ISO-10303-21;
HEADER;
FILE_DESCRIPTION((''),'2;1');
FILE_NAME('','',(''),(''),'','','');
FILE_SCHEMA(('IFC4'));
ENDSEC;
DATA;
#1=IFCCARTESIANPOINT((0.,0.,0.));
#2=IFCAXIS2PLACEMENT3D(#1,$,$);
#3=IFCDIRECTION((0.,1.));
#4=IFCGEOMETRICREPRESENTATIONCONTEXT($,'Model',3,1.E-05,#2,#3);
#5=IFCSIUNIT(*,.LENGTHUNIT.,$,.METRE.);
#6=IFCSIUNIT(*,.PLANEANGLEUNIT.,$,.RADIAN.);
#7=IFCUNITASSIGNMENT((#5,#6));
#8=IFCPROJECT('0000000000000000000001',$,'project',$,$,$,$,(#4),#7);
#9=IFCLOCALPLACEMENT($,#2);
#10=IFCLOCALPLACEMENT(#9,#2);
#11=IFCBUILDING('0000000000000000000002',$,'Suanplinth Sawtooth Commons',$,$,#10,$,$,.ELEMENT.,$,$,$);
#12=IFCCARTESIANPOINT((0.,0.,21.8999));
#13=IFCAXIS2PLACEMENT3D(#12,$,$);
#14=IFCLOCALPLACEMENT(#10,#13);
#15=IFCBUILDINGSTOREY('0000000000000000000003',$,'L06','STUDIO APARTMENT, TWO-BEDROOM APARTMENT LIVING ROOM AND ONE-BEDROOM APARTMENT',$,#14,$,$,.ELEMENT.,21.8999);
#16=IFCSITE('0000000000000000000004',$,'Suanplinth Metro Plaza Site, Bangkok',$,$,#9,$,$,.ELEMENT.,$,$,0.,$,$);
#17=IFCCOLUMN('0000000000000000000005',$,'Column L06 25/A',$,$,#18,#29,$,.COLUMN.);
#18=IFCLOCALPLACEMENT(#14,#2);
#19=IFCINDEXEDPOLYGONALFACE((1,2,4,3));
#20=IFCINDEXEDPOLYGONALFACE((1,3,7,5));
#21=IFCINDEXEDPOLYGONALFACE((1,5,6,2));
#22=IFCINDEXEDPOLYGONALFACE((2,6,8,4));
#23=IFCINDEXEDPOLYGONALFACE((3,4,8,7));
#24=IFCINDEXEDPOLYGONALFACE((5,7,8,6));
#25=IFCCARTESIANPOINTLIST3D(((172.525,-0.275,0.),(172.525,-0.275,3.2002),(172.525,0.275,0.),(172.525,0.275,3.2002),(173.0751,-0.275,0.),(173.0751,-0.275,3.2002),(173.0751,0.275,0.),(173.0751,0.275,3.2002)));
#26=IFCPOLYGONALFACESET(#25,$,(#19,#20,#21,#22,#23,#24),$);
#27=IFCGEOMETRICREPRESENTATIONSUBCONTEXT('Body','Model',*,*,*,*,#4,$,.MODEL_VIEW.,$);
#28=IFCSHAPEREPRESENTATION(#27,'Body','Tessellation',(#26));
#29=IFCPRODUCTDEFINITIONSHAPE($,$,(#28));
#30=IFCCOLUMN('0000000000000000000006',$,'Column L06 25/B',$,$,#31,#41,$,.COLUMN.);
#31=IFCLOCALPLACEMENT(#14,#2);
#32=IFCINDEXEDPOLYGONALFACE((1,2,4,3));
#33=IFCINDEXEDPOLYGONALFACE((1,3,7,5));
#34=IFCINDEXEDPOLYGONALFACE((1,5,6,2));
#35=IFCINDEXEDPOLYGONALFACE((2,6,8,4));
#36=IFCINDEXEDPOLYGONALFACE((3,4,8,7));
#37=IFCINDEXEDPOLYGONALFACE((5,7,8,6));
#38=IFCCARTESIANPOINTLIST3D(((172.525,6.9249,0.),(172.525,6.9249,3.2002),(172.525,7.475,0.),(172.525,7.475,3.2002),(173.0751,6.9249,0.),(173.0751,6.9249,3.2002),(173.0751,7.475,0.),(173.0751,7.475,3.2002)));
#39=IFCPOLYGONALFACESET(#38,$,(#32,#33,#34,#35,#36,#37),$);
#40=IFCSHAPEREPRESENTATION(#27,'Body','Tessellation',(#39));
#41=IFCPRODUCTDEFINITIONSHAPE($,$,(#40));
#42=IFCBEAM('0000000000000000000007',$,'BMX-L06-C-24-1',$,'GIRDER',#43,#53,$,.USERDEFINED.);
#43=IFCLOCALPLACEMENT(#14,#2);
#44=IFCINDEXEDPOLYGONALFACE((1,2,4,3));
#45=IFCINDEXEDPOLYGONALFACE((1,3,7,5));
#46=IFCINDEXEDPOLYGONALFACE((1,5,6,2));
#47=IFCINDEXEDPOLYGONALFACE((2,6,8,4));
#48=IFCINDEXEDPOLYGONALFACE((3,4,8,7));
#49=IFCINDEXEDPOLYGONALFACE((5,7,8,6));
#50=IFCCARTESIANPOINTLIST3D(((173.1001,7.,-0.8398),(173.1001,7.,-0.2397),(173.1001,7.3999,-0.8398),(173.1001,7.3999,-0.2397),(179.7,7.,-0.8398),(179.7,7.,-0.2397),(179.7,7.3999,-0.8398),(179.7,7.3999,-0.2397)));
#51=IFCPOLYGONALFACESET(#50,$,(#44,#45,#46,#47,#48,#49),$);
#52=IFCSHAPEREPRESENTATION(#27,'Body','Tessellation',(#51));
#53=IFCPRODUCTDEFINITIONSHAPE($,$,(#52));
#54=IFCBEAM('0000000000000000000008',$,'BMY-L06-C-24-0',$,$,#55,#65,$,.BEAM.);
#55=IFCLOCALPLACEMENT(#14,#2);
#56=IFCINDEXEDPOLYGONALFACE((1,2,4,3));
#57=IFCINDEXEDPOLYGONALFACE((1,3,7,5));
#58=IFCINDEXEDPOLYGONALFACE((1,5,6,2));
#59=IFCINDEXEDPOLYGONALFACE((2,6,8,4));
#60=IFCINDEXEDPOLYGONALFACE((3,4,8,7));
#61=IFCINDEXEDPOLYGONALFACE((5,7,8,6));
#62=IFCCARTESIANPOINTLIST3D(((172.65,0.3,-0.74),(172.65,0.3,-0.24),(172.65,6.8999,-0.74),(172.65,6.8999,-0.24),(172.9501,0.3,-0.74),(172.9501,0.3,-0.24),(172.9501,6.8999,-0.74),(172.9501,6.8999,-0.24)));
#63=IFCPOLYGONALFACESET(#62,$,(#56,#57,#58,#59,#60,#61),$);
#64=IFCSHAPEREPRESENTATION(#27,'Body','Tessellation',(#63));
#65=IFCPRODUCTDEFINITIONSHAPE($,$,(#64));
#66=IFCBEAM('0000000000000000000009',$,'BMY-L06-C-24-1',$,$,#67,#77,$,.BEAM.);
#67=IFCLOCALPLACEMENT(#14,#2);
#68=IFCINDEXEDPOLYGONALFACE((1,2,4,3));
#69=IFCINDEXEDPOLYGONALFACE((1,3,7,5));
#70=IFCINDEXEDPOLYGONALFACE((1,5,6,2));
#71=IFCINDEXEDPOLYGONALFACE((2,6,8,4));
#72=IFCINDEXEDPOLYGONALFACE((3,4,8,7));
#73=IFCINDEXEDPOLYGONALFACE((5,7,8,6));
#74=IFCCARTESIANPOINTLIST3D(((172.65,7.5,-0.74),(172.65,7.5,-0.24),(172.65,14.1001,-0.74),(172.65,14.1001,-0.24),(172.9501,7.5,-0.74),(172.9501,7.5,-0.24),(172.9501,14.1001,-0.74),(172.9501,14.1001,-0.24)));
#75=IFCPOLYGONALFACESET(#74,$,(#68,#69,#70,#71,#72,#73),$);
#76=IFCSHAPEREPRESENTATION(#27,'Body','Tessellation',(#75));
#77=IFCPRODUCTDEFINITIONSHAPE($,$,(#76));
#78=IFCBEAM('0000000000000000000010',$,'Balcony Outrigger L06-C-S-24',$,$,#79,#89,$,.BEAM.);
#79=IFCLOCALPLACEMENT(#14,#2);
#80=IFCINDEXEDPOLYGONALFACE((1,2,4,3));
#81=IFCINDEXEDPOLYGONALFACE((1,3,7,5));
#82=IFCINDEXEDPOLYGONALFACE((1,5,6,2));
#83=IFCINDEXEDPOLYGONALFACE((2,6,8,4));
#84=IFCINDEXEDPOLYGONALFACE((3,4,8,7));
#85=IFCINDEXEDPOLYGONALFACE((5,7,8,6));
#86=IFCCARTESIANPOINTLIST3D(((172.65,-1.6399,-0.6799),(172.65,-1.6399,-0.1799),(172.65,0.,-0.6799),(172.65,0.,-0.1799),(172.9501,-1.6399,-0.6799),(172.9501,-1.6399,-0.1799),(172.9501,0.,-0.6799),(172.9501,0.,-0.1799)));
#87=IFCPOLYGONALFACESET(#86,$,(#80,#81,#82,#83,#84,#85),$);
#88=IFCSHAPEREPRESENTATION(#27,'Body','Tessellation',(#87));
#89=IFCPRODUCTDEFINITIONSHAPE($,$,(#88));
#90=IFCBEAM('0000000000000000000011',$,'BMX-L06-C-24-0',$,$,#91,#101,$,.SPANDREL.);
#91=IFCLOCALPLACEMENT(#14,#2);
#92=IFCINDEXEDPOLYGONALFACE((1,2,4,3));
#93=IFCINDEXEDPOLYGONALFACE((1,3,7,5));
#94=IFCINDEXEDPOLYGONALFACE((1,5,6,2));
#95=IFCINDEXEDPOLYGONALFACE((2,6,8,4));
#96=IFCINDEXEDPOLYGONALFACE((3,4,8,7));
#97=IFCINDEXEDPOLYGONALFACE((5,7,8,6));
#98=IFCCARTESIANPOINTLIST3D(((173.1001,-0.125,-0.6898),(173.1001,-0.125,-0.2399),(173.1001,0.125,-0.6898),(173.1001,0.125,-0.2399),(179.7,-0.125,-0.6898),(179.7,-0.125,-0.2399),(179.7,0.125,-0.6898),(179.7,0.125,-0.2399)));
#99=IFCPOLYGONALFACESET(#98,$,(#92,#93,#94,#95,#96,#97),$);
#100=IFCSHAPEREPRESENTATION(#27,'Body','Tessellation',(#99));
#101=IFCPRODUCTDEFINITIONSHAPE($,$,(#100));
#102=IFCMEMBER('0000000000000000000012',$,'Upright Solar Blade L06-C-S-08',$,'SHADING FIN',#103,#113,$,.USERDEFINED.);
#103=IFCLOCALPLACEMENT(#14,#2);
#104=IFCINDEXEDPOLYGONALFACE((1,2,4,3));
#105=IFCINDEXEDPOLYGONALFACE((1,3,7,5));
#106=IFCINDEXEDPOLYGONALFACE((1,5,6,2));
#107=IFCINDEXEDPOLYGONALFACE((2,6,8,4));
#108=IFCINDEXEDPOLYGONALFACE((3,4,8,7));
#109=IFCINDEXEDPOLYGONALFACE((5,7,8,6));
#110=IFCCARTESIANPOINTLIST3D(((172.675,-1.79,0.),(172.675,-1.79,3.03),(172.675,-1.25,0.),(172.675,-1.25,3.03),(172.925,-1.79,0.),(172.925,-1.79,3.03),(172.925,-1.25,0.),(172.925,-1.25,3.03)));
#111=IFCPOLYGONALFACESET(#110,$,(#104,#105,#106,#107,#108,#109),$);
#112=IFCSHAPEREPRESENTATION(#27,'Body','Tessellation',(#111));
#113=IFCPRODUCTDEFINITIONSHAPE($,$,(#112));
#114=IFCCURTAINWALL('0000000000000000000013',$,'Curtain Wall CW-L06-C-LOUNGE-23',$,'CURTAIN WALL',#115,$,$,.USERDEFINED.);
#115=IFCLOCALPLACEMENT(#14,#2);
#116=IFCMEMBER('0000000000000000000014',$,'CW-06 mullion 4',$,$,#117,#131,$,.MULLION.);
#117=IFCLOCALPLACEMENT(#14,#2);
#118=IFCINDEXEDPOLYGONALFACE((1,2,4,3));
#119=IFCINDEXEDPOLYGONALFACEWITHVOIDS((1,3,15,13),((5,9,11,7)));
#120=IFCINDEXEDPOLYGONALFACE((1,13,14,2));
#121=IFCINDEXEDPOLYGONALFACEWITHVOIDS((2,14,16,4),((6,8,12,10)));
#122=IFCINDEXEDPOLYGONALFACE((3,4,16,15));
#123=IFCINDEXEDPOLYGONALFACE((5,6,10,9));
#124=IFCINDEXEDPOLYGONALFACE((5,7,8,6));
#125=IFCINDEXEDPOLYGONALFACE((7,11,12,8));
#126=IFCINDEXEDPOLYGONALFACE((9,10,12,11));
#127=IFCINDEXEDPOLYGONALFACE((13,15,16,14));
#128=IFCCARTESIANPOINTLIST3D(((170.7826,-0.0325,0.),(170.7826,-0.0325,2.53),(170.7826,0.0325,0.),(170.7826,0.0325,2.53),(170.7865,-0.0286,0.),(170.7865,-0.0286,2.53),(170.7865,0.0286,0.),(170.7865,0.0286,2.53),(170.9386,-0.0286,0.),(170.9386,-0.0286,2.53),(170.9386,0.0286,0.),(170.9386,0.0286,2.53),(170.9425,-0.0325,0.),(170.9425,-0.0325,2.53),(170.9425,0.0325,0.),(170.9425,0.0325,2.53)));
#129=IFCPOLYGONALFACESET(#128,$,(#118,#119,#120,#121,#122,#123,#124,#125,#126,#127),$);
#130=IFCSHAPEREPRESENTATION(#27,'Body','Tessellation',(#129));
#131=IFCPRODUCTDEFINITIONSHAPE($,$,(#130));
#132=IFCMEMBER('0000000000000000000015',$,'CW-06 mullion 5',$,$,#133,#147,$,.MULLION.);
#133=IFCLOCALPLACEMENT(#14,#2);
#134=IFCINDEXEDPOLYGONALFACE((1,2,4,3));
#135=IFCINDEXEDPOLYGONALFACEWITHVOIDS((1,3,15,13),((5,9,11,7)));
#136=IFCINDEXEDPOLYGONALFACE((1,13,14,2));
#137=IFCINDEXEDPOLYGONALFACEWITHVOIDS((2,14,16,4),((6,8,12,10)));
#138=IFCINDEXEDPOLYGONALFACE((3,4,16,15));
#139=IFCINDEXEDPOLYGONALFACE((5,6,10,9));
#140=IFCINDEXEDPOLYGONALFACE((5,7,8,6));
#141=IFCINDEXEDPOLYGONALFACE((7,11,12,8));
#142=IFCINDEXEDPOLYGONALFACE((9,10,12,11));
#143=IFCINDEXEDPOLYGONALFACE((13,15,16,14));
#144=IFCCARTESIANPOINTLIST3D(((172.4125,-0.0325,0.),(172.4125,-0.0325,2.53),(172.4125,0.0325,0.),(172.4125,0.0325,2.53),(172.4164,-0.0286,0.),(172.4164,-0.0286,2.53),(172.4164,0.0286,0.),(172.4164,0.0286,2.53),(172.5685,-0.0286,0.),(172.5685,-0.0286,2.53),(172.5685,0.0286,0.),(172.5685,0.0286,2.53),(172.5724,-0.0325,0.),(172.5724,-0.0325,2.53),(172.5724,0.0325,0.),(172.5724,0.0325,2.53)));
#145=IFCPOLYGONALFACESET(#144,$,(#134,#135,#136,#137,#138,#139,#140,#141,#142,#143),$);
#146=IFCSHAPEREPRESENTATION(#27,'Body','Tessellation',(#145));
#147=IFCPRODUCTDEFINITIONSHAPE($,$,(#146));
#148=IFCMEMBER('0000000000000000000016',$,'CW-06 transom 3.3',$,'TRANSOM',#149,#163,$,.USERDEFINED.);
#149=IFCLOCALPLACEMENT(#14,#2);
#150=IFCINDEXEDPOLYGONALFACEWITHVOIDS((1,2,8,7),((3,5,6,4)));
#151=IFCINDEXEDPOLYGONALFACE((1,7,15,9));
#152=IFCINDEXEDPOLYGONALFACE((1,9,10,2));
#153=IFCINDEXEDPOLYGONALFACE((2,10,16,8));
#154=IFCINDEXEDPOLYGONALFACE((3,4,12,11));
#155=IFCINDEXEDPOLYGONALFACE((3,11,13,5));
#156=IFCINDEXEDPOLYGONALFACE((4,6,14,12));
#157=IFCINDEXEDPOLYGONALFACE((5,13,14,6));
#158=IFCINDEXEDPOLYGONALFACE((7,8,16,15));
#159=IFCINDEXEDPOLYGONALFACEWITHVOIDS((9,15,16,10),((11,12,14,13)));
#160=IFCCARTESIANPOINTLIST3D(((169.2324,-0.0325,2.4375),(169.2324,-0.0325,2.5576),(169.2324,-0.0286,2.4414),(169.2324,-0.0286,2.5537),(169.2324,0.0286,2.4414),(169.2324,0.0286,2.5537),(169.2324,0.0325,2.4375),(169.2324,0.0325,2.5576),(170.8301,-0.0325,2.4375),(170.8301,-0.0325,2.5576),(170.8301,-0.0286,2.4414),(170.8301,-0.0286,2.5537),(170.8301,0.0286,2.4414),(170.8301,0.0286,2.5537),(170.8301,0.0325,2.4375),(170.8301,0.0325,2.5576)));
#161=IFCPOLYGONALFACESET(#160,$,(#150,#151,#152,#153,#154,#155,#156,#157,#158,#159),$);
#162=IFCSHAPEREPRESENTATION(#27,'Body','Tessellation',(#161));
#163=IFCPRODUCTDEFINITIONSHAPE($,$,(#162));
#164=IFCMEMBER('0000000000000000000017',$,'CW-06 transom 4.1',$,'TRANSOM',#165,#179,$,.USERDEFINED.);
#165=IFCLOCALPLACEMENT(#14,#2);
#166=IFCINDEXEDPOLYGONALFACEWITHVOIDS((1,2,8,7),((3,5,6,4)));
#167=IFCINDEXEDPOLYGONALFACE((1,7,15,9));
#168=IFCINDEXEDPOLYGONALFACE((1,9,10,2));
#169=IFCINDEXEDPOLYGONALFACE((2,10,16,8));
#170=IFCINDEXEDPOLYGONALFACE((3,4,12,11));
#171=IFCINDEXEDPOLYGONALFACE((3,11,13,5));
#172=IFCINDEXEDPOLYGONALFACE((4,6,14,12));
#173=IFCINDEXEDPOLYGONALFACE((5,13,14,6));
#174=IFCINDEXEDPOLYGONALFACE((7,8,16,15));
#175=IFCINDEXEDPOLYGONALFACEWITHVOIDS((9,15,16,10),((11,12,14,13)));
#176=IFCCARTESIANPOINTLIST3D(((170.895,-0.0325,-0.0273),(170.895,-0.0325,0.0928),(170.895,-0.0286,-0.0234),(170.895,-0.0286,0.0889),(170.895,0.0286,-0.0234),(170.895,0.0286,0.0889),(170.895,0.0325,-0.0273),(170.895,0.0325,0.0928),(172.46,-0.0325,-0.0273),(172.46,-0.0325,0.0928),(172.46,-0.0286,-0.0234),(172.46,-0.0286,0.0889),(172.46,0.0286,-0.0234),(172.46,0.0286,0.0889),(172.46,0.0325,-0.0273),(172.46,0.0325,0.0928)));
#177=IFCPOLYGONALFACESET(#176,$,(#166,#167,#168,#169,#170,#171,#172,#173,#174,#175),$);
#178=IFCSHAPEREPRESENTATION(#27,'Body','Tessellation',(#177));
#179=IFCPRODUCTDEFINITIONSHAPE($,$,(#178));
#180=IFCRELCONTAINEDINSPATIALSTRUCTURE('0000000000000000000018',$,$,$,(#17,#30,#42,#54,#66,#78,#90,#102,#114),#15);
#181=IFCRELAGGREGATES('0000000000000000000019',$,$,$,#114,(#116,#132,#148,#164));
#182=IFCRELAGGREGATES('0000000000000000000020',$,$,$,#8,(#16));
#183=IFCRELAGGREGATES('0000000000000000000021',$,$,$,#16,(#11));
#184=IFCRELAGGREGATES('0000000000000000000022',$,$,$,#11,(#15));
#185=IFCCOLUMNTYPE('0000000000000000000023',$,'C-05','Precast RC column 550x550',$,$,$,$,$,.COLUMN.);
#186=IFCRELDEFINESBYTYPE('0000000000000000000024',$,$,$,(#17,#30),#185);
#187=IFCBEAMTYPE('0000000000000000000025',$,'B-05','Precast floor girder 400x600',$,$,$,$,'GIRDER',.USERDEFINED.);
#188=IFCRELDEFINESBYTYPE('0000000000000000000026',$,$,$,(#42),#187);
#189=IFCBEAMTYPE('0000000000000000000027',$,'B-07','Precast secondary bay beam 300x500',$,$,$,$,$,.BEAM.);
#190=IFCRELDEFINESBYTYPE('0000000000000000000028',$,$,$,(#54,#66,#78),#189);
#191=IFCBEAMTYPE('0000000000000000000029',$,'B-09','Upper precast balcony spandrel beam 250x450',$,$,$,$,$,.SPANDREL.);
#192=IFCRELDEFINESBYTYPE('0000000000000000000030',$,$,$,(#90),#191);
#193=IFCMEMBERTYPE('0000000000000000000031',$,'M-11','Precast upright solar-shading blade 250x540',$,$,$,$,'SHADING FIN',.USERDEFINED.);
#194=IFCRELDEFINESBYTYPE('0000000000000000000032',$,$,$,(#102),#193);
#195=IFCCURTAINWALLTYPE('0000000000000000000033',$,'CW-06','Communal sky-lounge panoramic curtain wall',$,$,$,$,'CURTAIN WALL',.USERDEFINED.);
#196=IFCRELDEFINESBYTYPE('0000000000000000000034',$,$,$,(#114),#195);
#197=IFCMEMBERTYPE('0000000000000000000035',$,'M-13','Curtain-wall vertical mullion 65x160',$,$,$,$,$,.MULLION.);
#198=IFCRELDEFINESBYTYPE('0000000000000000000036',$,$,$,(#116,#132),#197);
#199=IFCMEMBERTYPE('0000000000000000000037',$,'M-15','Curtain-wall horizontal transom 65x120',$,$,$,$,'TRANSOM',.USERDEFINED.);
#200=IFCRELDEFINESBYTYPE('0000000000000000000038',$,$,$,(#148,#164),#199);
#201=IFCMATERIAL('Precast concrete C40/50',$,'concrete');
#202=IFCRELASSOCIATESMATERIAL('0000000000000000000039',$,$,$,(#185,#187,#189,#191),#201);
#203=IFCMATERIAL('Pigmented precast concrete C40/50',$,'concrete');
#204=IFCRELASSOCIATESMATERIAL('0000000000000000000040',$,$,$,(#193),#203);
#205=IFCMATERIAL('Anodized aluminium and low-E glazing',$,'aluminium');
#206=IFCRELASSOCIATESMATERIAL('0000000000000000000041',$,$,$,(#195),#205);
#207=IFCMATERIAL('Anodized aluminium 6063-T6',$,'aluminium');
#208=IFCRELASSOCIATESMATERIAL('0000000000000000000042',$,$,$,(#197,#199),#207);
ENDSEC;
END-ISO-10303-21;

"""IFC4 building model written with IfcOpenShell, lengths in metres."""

from ifc_helpers import new_model, si_unit, direction, frame, origin, origin_2d, place, context, subcontext, project, spatial, rectangle, hollow_rectangle, extrude, material, material_profile, profile_set, type_object, element, aggregate, save


model = new_model("IFC4")

# Units and contexts
model_context = context("Model", 3, precision=1e-05, world=origin(), true_north=direction((0.0, 1.0)))
body_context = subcontext(model_context, "Body", "Model", "MODEL_VIEW")
ifc_project = project(units=[si_unit("LENGTHUNIT", "METRE"), si_unit("PLANEANGLEUNIT", "RADIAN")], contexts=[model_context])

# Site, building, storey
site_placement = place(None, origin())
site = spatial("IfcSite", under=ifc_project, at=site_placement, Name="Suanplinth Metro Plaza Site, Bangkok", CompositionType="ELEMENT", RefElevation=0.0)
building_placement = place(site_placement, origin())
building = spatial("IfcBuilding", under=site, at=building_placement, Name="Suanplinth Sawtooth Commons", CompositionType="ELEMENT")
storey_placement = place(building_placement, frame((0.0, 0.0, 21.8999)))
storey = spatial("IfcBuildingStorey", under=building, at=storey_placement, Name="L06", Description="STUDIO APARTMENT, TWO-BEDROOM APARTMENT LIVING ROOM AND ONE-BEDROOM APARTMENT", CompositionType="ELEMENT", Elevation=21.8999)

# Columns
ifc_material_1 = material(Name="Precast concrete C40/50", Category="concrete")
ifc_material_profile_1 = material_profile(ifc_material_1, rectangle(XDim=0.55, YDim=0.55, at=origin_2d()), Name="PC-COL 550x550")
ifc_profile_set_1 = profile_set([ifc_material_profile_1], Name="Precast concrete C40/50")
column_type = type_object("IfcColumnType", Name="C-05", Description="Precast RC column 550x550", PredefinedType="COLUMN", material=ifc_profile_set_1)
for number, where, z_axis, x_axis, name in (
    (1, (172.8, 0.0, 0.0), (0.0, 0.0, 1.0), (1.0, 0.0, 0.0), "Column L06 25/A"),
    (2, (172.8, 7.2, 0.0), (0.0, 0.0, 1.0), (1.0, 0.0, 0.0), "Column L06 25/B"),
):
    element("IfcColumn", number, at=place(storey_placement, frame(where, z_axis=z_axis, x_axis=x_axis)), inside=storey, type_object=column_type, Name=name, PredefinedType="COLUMN", context=body_context, shape_type="SweptSolid", body=[
        extrude(rectangle(XDim=0.55, YDim=0.55, at=origin_2d()), origin(), (0.0, 0.0, 1.0), 3.2002),
    ])

# Beams
ifc_material_profile_2 = material_profile(ifc_material_1, rectangle(XDim=0.3999, YDim=0.6001, at=origin_2d()), Name="PC-GDR 400x600")
ifc_profile_set_2 = profile_set([ifc_material_profile_2], Name="Precast concrete C40/50")
beam_type_1 = type_object("IfcBeamType", Name="B-05", Description="Precast floor girder 400x600", ElementType="GIRDER", PredefinedType="USERDEFINED", material=ifc_profile_set_2)
beam_1_placement = place(storey_placement, frame((173.1001, 7.2, -0.5398), z_axis=(1.0, 0.0, 0.0), x_axis=(0.0, 1.0, 0.0)))
element("IfcBeam", 3, at=beam_1_placement, inside=storey, type_object=beam_type_1, Name="BMX-L06-C-24-1", ObjectType="GIRDER", PredefinedType="USERDEFINED", context=body_context, shape_type="SweptSolid", body=[
    extrude(rectangle(XDim=0.3999, YDim=0.6001, at=origin_2d()), origin(), (0.0, 0.0, 1.0), 6.5999),
])
ifc_material_profile_3 = material_profile(ifc_material_1, rectangle(XDim=0.3, YDim=0.5, at=origin_2d()), Name="PC-BM 300x500")
ifc_profile_set_3 = profile_set([ifc_material_profile_3], Name="Precast concrete C40/50")
beam_type_2 = type_object("IfcBeamType", Name="B-07", Description="Precast secondary bay beam 300x500", PredefinedType="BEAM", material=ifc_profile_set_3)
beam_2_placement = place(storey_placement, frame((172.8, 0.3, -0.49), z_axis=(0.0, 1.0, 0.0), x_axis=(-1.0, 0.0, 0.0)))
element("IfcBeam", 4, at=beam_2_placement, inside=storey, type_object=beam_type_2, Name="BMY-L06-C-24-0", PredefinedType="BEAM", context=body_context, shape_type="SweptSolid", body=[
    extrude(rectangle(XDim=0.3, YDim=0.5, at=origin_2d()), origin(), (0.0, 0.0, 1.0), 6.5999),
])
beam_3_placement = place(storey_placement, frame((172.8, 7.5, -0.49), z_axis=(0.0, 1.0, 0.0), x_axis=(-1.0, 0.0, 0.0)))
element("IfcBeam", 5, at=beam_3_placement, inside=storey, type_object=beam_type_2, Name="BMY-L06-C-24-1", PredefinedType="BEAM", context=body_context, shape_type="SweptSolid", body=[
    extrude(rectangle(XDim=0.3, YDim=0.5, at=origin_2d()), origin(), (0.0, 0.0, 1.0), 6.6001),
])
beam_4_placement = place(storey_placement, frame((172.8, 0.0, -0.4299), z_axis=(0.0, -1.0, 0.0), x_axis=(1.0, 0.0, 0.0)))
element("IfcBeam", 6, at=beam_4_placement, inside=storey, type_object=beam_type_2, Name="Balcony Outrigger L06-C-S-24", PredefinedType="BEAM", context=body_context, shape_type="SweptSolid", body=[
    extrude(rectangle(XDim=0.3, YDim=0.5, at=origin_2d()), origin(), (0.0, 0.0, 1.0), 1.6399),
])
ifc_material_profile_4 = material_profile(ifc_material_1, rectangle(XDim=0.25, YDim=0.45, at=origin_2d()), Name="PC-SP 250x450")
ifc_profile_set_4 = profile_set([ifc_material_profile_4], Name="Precast concrete C40/50")
beam_type_3 = type_object("IfcBeamType", Name="B-09", Description="Upper precast balcony spandrel beam 250x450", PredefinedType="SPANDREL", material=ifc_profile_set_4)
beam_5_placement = place(storey_placement, frame((173.1001, 0.0, -0.4648), z_axis=(1.0, 0.0, 0.0), x_axis=(0.0, 1.0, 0.0)))
element("IfcBeam", 7, at=beam_5_placement, inside=storey, type_object=beam_type_3, Name="BMX-L06-C-24-0", PredefinedType="SPANDREL", context=body_context, shape_type="SweptSolid", body=[
    extrude(rectangle(XDim=0.25, YDim=0.45, at=origin_2d()), origin(), (0.0, 0.0, 1.0), 6.5999),
])

# Member
ifc_material_2 = material(Name="Pigmented precast concrete C40/50", Category="concrete")
ifc_material_profile_5 = material_profile(ifc_material_2, rectangle(XDim=0.25, YDim=0.54, at=origin_2d()), Name="PC-FIN 250x540")
ifc_profile_set_5 = profile_set([ifc_material_profile_5], Name="Pigmented precast concrete C40/50")
member_type_1 = type_object("IfcMemberType", Name="M-11", Description="Precast upright solar-shading blade 250x540", ElementType="SHADING FIN", PredefinedType="USERDEFINED", material=ifc_profile_set_5)
member_1_placement = place(storey_placement, frame((172.8, -1.52, 0.0), z_axis=(0.0, 0.0, 1.0), x_axis=(1.0, 0.0, 0.0)))
element("IfcMember", 8, at=member_1_placement, inside=storey, type_object=member_type_1, Name="Upright Solar Blade L06-C-S-08", ObjectType="SHADING FIN", PredefinedType="USERDEFINED", context=body_context, shape_type="SweptSolid", body=[
    extrude(rectangle(XDim=0.25, YDim=0.54, at=origin_2d()), origin(), (0.0, 0.0, 1.0), 3.03),
])

# Curtain wall, members
ifc_material_3 = material(Name="Anodized aluminium and low-E glazing", Category="aluminium")
curtain_wall_type = type_object("IfcCurtainWallType", Name="CW-06", Description="Communal sky-lounge panoramic curtain wall", ElementType="CURTAIN WALL", PredefinedType="USERDEFINED", material=ifc_material_3)
curtain_wall_placement = place(storey_placement, origin())
curtain_wall = element("IfcCurtainWall", 9, at=curtain_wall_placement, inside=storey, type_object=curtain_wall_type, Name="Curtain Wall CW-L06-C-LOUNGE-23", ObjectType="CURTAIN WALL", PredefinedType="USERDEFINED")
ifc_material_4 = material(Name="Anodized aluminium 6063-T6", Category="aluminium")
ifc_material_profile_6 = material_profile(ifc_material_4, hollow_rectangle(XDim=0.0649, YDim=0.1599, WallThickness=0.0039, at=origin_2d()), Name="ALU-MUL 65x160")
ifc_profile_set_6 = profile_set([ifc_material_profile_6], Name="Anodized aluminium 6063-T6")
member_type_2 = type_object("IfcMemberType", Name="M-13", Description="Curtain-wall vertical mullion 65x160", PredefinedType="MULLION", material=ifc_profile_set_6)
member_2_placement = place(storey_placement, frame((170.8625, 0.0, 0.0), z_axis=(0.0, 0.0, 1.0), x_axis=(0.0, 1.0, 0.0)))
member_2 = element("IfcMember", 10, at=member_2_placement, type_object=member_type_2, Name="CW-06 mullion 4", PredefinedType="MULLION", context=body_context, shape_type="SweptSolid", body=[
    extrude(hollow_rectangle(XDim=0.0649, YDim=0.1599, WallThickness=0.0039, at=origin_2d()), origin(), (0.0, 0.0, 1.0), 2.53),
])
member_3_placement = place(storey_placement, frame((172.4924, 0.0, 0.0), z_axis=(0.0, 0.0, 1.0), x_axis=(0.0, 1.0, 0.0)))
member_3 = element("IfcMember", 11, at=member_3_placement, type_object=member_type_2, Name="CW-06 mullion 5", PredefinedType="MULLION", context=body_context, shape_type="SweptSolid", body=[
    extrude(hollow_rectangle(XDim=0.0649, YDim=0.1599, WallThickness=0.0039, at=origin_2d()), origin(), (0.0, 0.0, 1.0), 2.53),
])
ifc_material_profile_7 = material_profile(ifc_material_4, hollow_rectangle(XDim=0.0649, YDim=0.1201, WallThickness=0.0039, at=origin_2d()), Name="ALU-TRN 65x120")
ifc_profile_set_7 = profile_set([ifc_material_profile_7], Name="Anodized aluminium 6063-T6")
member_type_3 = type_object("IfcMemberType", Name="M-15", Description="Curtain-wall horizontal transom 65x120", ElementType="TRANSOM", PredefinedType="USERDEFINED", material=ifc_profile_set_7)
member_4_placement = place(storey_placement, frame((169.2324, 0.0, 2.4976), z_axis=(1.0, 0.0, 0.0), x_axis=(0.0, 1.0, 0.0)))
member_4 = element("IfcMember", 12, at=member_4_placement, type_object=member_type_3, Name="CW-06 transom 3.3", ObjectType="TRANSOM", PredefinedType="USERDEFINED", context=body_context, shape_type="SweptSolid", body=[
    extrude(hollow_rectangle(XDim=0.0649, YDim=0.1201, WallThickness=0.0039, at=origin_2d()), origin(), (0.0, 0.0, 1.0), 1.5977),
])
member_5_placement = place(storey_placement, frame((170.895, 0.0, 0.0327), z_axis=(1.0, 0.0, 0.0), x_axis=(0.0, 1.0, 0.0)))
member_5 = element("IfcMember", 13, at=member_5_placement, type_object=member_type_3, Name="CW-06 transom 4.1", ObjectType="TRANSOM", PredefinedType="USERDEFINED", context=body_context, shape_type="SweptSolid", body=[
    extrude(hollow_rectangle(XDim=0.0649, YDim=0.1201, WallThickness=0.0039, at=origin_2d()), origin(), (0.0, 0.0, 1.0), 1.5649),
])
aggregate(curtain_wall, [member_2, member_3, member_4, member_5])

save(model, "model.ifc")
